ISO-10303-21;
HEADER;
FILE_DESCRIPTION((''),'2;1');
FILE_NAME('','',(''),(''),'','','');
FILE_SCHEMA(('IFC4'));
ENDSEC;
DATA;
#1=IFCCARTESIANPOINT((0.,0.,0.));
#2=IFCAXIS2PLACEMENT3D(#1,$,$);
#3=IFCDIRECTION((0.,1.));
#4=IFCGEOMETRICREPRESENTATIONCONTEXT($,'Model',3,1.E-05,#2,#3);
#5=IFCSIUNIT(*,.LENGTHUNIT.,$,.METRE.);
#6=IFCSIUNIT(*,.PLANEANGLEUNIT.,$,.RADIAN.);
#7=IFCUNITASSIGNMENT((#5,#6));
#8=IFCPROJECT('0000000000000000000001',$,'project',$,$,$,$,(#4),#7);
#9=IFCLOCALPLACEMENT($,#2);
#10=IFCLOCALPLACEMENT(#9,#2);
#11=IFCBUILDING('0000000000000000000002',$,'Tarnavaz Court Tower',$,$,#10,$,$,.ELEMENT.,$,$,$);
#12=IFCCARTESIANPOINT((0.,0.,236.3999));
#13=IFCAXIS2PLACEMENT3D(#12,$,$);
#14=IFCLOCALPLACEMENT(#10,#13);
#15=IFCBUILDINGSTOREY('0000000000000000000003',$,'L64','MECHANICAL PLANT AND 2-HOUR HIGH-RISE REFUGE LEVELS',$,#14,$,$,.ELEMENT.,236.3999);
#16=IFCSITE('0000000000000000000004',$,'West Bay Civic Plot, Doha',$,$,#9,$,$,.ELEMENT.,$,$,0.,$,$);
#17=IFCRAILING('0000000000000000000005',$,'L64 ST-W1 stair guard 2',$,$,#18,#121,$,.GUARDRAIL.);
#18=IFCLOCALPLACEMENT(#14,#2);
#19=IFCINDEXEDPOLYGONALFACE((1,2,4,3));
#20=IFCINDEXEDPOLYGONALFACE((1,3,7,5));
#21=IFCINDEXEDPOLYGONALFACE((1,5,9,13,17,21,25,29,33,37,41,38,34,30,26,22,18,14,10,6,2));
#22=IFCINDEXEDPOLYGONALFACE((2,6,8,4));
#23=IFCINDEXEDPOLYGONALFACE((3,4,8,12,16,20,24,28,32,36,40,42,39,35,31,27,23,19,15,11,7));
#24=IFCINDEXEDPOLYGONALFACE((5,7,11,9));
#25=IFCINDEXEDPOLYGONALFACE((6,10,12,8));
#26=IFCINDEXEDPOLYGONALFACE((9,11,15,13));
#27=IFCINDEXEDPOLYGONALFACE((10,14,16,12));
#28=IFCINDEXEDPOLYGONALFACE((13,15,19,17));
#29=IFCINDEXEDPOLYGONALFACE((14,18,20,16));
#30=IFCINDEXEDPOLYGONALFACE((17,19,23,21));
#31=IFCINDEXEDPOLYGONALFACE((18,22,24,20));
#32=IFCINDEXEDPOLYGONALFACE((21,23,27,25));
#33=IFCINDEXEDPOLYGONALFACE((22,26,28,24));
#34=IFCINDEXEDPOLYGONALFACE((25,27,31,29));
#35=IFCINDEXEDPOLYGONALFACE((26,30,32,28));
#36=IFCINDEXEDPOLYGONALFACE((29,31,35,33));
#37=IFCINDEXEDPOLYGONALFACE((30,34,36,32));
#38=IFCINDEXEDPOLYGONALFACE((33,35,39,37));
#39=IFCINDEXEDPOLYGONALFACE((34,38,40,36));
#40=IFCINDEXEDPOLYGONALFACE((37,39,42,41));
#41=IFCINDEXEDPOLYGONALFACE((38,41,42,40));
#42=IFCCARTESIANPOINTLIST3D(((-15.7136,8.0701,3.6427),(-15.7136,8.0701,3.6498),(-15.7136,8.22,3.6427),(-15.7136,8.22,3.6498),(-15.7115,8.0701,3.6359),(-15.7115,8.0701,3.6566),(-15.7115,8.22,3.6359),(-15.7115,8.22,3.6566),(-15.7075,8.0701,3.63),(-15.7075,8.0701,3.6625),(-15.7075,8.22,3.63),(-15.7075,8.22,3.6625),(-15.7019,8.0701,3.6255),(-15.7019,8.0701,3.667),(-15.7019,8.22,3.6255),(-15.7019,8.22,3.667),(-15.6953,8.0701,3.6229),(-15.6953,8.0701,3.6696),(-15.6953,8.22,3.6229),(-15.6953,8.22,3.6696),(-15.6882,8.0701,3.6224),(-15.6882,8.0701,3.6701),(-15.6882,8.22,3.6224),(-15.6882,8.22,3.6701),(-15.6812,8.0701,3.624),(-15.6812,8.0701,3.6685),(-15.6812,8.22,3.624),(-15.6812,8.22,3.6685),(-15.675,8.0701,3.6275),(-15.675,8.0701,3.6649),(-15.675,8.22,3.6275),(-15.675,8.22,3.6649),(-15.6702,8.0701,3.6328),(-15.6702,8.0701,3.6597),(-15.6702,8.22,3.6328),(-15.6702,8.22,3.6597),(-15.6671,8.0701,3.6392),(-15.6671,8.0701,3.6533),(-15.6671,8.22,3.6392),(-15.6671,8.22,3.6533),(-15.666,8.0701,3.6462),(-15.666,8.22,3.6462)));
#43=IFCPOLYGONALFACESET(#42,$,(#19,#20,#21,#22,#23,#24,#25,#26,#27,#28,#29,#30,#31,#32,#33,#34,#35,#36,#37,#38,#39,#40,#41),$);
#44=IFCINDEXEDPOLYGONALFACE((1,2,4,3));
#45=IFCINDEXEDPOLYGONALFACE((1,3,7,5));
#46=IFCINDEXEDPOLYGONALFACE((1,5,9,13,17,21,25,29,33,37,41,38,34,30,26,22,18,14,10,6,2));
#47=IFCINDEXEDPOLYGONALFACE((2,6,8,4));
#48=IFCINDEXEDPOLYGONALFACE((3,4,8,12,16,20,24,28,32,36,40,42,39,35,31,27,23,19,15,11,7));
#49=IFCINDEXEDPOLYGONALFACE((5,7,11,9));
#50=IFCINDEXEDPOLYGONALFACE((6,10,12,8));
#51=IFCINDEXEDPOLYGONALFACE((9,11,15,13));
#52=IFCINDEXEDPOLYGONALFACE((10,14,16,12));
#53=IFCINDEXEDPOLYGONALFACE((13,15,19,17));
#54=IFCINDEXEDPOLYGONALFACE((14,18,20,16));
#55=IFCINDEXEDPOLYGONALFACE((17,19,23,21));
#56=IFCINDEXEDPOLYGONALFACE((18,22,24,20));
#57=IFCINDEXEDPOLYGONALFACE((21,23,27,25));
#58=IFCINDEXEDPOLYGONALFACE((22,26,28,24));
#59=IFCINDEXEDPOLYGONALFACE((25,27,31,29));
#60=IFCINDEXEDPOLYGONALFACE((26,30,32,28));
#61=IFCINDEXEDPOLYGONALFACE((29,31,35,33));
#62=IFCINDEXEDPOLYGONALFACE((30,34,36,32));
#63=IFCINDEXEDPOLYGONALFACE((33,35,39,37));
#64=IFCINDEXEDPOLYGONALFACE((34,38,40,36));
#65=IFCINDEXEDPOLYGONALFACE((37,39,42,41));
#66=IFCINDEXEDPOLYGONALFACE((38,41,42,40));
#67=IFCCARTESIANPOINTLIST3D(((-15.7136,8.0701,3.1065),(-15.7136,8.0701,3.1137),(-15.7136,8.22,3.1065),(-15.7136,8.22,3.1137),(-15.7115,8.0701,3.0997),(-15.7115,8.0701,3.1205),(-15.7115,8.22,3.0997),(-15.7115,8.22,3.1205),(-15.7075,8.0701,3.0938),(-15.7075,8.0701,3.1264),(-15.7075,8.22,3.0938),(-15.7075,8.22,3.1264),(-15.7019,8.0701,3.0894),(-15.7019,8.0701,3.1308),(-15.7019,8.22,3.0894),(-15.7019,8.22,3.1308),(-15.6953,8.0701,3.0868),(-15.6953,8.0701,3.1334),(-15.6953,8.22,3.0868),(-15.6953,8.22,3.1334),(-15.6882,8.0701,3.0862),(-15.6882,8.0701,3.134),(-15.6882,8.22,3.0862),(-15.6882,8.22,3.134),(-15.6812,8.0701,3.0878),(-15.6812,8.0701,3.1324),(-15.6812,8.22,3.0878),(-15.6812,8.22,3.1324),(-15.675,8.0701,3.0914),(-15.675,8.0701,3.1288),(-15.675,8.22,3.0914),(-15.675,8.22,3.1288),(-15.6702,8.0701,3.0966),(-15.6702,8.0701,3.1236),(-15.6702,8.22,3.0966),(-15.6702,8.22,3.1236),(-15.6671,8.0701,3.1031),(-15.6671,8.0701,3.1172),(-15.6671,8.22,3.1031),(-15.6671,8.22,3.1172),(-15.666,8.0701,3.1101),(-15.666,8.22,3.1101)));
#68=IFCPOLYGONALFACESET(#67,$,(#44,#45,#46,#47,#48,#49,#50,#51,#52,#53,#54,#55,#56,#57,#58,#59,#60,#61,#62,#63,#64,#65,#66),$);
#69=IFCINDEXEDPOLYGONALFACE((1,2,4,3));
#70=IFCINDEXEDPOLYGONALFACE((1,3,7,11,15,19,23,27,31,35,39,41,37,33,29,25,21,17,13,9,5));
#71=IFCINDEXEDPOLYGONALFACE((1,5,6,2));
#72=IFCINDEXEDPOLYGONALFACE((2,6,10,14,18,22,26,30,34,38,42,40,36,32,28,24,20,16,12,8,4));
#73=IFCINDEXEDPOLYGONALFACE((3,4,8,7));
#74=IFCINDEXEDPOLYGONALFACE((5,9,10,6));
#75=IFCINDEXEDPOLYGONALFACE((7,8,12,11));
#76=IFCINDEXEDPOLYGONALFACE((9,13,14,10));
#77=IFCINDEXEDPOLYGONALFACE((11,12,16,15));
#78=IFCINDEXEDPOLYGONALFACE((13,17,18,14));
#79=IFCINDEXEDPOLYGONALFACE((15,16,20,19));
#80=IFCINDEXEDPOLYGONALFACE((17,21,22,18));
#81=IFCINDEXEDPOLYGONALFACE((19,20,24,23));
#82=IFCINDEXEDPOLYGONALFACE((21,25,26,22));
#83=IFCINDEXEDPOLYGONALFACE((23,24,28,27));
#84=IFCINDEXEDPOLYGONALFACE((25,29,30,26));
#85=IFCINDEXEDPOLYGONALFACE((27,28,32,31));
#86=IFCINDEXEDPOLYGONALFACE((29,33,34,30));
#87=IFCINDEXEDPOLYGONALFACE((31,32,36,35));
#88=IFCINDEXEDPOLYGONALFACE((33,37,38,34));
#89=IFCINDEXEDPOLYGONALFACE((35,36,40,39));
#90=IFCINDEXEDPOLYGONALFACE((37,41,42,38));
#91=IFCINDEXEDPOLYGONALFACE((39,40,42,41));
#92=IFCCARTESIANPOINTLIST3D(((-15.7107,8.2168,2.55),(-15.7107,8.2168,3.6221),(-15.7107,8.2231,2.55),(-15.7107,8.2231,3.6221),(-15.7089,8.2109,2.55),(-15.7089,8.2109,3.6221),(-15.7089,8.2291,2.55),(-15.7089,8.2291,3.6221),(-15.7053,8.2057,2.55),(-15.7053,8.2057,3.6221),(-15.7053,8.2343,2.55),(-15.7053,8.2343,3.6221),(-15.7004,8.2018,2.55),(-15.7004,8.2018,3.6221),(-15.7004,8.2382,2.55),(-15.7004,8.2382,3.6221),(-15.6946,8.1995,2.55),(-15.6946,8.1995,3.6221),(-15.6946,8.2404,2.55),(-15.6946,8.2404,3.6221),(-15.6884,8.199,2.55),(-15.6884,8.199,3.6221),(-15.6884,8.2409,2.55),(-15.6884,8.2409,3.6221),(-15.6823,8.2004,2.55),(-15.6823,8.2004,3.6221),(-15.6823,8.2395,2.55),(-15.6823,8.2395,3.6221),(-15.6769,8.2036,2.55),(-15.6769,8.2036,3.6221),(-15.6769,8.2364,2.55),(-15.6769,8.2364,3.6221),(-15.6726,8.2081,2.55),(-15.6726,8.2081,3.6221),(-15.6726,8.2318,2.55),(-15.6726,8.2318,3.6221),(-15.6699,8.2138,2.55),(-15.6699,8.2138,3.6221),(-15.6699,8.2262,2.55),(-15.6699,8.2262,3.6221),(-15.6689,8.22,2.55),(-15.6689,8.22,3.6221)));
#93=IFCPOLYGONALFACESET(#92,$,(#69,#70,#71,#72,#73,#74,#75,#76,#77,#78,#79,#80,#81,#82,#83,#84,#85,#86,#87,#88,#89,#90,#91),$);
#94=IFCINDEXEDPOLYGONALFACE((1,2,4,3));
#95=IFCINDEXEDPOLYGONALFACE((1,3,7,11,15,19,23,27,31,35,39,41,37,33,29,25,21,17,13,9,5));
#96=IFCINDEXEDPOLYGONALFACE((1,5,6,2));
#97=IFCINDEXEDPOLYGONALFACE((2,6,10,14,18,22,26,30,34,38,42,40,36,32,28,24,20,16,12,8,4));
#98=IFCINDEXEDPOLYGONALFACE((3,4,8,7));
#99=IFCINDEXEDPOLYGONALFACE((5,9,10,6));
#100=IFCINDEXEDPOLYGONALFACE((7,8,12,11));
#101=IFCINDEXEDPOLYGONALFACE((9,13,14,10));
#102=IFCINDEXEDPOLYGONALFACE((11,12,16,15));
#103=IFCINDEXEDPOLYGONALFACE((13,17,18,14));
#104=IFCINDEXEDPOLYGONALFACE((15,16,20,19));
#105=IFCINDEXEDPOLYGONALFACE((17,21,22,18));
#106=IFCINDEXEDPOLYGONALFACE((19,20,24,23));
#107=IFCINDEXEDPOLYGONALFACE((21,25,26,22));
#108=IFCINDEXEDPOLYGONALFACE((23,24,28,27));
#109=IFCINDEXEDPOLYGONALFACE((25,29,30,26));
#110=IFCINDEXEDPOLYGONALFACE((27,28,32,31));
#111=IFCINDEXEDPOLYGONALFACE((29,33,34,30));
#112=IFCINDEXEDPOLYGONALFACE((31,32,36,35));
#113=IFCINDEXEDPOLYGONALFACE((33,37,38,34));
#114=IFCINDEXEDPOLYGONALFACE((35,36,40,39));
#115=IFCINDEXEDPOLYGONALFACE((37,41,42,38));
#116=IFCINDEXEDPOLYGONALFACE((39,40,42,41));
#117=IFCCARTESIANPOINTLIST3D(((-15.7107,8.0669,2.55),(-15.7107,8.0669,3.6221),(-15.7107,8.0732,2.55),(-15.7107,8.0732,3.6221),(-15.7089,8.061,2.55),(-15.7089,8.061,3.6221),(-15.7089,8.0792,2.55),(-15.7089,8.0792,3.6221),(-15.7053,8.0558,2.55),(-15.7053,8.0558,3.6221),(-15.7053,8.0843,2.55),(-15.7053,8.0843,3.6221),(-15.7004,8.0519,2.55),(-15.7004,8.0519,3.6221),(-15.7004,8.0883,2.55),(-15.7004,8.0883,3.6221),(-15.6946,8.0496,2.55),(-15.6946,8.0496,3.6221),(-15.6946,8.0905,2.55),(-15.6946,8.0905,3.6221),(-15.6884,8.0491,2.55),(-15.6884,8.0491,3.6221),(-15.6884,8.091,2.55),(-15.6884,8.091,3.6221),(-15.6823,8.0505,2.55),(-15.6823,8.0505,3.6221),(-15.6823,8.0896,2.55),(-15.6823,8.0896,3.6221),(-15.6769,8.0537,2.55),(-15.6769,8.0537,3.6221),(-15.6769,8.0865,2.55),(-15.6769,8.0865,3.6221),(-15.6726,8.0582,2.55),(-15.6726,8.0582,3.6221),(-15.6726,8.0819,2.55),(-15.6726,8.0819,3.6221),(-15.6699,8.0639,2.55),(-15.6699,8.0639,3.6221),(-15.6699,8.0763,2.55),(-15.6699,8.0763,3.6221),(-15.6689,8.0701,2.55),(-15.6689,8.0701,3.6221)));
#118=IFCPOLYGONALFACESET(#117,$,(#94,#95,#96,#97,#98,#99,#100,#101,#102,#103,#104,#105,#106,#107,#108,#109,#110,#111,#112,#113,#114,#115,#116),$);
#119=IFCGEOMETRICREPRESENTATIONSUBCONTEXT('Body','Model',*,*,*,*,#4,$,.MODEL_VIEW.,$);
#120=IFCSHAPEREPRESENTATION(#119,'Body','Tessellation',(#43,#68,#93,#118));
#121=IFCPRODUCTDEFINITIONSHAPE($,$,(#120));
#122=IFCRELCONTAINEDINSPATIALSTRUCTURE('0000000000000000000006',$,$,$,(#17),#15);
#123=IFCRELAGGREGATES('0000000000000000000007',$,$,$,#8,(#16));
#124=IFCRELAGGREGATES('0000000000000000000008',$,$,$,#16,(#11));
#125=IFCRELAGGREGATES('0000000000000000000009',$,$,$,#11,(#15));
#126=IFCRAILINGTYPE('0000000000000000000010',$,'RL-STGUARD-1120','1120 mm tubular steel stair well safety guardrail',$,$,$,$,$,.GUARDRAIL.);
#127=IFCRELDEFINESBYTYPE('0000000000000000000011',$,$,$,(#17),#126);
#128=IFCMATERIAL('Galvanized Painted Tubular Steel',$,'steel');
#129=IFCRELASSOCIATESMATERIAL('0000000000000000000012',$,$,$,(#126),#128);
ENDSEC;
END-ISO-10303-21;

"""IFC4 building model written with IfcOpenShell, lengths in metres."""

from ifc_helpers import new_model, si_unit, direction, frame, origin, origin_2d, place, context, subcontext, project, spatial, circle, extrude, material, type_object, element, save


model = new_model("IFC4")

# Units and contexts
model_context = context("Model", 3, precision=1e-05, world=origin(), true_north=direction((0.0, 1.0)))
body_context = subcontext(model_context, "Body", "Model", "MODEL_VIEW")
ifc_project = project(units=[si_unit("LENGTHUNIT", "METRE"), si_unit("PLANEANGLEUNIT", "RADIAN")], contexts=[model_context])

# Site, building, storey
site_placement = place(None, origin())
site = spatial("IfcSite", under=ifc_project, at=site_placement, Name="West Bay Civic Plot, Doha", CompositionType="ELEMENT", RefElevation=0.0)
building_placement = place(site_placement, origin())
building = spatial("IfcBuilding", under=site, at=building_placement, Name="Tarnavaz Court Tower", CompositionType="ELEMENT")
storey_placement = place(building_placement, frame((0.0, 0.0, 236.3999)))
storey = spatial("IfcBuildingStorey", under=building, at=storey_placement, Name="L64", Description="MECHANICAL PLANT AND 2-HOUR HIGH-RISE REFUGE LEVELS", CompositionType="ELEMENT", Elevation=236.3999)

# Railing
ifc_material_1 = material(Name="Galvanized Painted Tubular Steel", Category="steel")
railing_type_1 = type_object("IfcRailingType", Name="RL-STGUARD-1120", Description="1120 mm tubular steel stair well safety guardrail", PredefinedType="GUARDRAIL", material=ifc_material_1)
railing_1_placement = place(storey_placement, frame((-15.6899, 8.22, 2.55)))
element("IfcRailing", 1, at=railing_1_placement, inside=storey, type_object=railing_type_1, Name="L64 ST-W1 stair guard 2", PredefinedType="GUARDRAIL", context=body_context, shape_type="SweptSolid", body=[
    extrude(circle(Radius=0.0239, at=origin_2d()), frame((0.0, 0.0, 1.0962), z_axis=(0.0, -1.0, 0.0), x_axis=(1.0, 0.0, 0.0)), (0.0, 0.0, 1.0), 0.1499),
    extrude(circle(Radius=0.0239, at=origin_2d()), frame((0.0, 0.0, 0.5601), z_axis=(0.0, -1.0, 0.0), x_axis=(1.0, 0.0, 0.0)), (0.0, 0.0, 1.0), 0.1499),
    extrude(circle(Radius=0.021, at=origin_2d()), origin(), (0.0, 0.0, 1.0), 1.072),
    extrude(circle(Radius=0.021, at=origin_2d()), frame((0.0, -0.1499, 0.0)), (0.0, 0.0, 1.0), 1.072),
])

save(model, "model.ifc")
